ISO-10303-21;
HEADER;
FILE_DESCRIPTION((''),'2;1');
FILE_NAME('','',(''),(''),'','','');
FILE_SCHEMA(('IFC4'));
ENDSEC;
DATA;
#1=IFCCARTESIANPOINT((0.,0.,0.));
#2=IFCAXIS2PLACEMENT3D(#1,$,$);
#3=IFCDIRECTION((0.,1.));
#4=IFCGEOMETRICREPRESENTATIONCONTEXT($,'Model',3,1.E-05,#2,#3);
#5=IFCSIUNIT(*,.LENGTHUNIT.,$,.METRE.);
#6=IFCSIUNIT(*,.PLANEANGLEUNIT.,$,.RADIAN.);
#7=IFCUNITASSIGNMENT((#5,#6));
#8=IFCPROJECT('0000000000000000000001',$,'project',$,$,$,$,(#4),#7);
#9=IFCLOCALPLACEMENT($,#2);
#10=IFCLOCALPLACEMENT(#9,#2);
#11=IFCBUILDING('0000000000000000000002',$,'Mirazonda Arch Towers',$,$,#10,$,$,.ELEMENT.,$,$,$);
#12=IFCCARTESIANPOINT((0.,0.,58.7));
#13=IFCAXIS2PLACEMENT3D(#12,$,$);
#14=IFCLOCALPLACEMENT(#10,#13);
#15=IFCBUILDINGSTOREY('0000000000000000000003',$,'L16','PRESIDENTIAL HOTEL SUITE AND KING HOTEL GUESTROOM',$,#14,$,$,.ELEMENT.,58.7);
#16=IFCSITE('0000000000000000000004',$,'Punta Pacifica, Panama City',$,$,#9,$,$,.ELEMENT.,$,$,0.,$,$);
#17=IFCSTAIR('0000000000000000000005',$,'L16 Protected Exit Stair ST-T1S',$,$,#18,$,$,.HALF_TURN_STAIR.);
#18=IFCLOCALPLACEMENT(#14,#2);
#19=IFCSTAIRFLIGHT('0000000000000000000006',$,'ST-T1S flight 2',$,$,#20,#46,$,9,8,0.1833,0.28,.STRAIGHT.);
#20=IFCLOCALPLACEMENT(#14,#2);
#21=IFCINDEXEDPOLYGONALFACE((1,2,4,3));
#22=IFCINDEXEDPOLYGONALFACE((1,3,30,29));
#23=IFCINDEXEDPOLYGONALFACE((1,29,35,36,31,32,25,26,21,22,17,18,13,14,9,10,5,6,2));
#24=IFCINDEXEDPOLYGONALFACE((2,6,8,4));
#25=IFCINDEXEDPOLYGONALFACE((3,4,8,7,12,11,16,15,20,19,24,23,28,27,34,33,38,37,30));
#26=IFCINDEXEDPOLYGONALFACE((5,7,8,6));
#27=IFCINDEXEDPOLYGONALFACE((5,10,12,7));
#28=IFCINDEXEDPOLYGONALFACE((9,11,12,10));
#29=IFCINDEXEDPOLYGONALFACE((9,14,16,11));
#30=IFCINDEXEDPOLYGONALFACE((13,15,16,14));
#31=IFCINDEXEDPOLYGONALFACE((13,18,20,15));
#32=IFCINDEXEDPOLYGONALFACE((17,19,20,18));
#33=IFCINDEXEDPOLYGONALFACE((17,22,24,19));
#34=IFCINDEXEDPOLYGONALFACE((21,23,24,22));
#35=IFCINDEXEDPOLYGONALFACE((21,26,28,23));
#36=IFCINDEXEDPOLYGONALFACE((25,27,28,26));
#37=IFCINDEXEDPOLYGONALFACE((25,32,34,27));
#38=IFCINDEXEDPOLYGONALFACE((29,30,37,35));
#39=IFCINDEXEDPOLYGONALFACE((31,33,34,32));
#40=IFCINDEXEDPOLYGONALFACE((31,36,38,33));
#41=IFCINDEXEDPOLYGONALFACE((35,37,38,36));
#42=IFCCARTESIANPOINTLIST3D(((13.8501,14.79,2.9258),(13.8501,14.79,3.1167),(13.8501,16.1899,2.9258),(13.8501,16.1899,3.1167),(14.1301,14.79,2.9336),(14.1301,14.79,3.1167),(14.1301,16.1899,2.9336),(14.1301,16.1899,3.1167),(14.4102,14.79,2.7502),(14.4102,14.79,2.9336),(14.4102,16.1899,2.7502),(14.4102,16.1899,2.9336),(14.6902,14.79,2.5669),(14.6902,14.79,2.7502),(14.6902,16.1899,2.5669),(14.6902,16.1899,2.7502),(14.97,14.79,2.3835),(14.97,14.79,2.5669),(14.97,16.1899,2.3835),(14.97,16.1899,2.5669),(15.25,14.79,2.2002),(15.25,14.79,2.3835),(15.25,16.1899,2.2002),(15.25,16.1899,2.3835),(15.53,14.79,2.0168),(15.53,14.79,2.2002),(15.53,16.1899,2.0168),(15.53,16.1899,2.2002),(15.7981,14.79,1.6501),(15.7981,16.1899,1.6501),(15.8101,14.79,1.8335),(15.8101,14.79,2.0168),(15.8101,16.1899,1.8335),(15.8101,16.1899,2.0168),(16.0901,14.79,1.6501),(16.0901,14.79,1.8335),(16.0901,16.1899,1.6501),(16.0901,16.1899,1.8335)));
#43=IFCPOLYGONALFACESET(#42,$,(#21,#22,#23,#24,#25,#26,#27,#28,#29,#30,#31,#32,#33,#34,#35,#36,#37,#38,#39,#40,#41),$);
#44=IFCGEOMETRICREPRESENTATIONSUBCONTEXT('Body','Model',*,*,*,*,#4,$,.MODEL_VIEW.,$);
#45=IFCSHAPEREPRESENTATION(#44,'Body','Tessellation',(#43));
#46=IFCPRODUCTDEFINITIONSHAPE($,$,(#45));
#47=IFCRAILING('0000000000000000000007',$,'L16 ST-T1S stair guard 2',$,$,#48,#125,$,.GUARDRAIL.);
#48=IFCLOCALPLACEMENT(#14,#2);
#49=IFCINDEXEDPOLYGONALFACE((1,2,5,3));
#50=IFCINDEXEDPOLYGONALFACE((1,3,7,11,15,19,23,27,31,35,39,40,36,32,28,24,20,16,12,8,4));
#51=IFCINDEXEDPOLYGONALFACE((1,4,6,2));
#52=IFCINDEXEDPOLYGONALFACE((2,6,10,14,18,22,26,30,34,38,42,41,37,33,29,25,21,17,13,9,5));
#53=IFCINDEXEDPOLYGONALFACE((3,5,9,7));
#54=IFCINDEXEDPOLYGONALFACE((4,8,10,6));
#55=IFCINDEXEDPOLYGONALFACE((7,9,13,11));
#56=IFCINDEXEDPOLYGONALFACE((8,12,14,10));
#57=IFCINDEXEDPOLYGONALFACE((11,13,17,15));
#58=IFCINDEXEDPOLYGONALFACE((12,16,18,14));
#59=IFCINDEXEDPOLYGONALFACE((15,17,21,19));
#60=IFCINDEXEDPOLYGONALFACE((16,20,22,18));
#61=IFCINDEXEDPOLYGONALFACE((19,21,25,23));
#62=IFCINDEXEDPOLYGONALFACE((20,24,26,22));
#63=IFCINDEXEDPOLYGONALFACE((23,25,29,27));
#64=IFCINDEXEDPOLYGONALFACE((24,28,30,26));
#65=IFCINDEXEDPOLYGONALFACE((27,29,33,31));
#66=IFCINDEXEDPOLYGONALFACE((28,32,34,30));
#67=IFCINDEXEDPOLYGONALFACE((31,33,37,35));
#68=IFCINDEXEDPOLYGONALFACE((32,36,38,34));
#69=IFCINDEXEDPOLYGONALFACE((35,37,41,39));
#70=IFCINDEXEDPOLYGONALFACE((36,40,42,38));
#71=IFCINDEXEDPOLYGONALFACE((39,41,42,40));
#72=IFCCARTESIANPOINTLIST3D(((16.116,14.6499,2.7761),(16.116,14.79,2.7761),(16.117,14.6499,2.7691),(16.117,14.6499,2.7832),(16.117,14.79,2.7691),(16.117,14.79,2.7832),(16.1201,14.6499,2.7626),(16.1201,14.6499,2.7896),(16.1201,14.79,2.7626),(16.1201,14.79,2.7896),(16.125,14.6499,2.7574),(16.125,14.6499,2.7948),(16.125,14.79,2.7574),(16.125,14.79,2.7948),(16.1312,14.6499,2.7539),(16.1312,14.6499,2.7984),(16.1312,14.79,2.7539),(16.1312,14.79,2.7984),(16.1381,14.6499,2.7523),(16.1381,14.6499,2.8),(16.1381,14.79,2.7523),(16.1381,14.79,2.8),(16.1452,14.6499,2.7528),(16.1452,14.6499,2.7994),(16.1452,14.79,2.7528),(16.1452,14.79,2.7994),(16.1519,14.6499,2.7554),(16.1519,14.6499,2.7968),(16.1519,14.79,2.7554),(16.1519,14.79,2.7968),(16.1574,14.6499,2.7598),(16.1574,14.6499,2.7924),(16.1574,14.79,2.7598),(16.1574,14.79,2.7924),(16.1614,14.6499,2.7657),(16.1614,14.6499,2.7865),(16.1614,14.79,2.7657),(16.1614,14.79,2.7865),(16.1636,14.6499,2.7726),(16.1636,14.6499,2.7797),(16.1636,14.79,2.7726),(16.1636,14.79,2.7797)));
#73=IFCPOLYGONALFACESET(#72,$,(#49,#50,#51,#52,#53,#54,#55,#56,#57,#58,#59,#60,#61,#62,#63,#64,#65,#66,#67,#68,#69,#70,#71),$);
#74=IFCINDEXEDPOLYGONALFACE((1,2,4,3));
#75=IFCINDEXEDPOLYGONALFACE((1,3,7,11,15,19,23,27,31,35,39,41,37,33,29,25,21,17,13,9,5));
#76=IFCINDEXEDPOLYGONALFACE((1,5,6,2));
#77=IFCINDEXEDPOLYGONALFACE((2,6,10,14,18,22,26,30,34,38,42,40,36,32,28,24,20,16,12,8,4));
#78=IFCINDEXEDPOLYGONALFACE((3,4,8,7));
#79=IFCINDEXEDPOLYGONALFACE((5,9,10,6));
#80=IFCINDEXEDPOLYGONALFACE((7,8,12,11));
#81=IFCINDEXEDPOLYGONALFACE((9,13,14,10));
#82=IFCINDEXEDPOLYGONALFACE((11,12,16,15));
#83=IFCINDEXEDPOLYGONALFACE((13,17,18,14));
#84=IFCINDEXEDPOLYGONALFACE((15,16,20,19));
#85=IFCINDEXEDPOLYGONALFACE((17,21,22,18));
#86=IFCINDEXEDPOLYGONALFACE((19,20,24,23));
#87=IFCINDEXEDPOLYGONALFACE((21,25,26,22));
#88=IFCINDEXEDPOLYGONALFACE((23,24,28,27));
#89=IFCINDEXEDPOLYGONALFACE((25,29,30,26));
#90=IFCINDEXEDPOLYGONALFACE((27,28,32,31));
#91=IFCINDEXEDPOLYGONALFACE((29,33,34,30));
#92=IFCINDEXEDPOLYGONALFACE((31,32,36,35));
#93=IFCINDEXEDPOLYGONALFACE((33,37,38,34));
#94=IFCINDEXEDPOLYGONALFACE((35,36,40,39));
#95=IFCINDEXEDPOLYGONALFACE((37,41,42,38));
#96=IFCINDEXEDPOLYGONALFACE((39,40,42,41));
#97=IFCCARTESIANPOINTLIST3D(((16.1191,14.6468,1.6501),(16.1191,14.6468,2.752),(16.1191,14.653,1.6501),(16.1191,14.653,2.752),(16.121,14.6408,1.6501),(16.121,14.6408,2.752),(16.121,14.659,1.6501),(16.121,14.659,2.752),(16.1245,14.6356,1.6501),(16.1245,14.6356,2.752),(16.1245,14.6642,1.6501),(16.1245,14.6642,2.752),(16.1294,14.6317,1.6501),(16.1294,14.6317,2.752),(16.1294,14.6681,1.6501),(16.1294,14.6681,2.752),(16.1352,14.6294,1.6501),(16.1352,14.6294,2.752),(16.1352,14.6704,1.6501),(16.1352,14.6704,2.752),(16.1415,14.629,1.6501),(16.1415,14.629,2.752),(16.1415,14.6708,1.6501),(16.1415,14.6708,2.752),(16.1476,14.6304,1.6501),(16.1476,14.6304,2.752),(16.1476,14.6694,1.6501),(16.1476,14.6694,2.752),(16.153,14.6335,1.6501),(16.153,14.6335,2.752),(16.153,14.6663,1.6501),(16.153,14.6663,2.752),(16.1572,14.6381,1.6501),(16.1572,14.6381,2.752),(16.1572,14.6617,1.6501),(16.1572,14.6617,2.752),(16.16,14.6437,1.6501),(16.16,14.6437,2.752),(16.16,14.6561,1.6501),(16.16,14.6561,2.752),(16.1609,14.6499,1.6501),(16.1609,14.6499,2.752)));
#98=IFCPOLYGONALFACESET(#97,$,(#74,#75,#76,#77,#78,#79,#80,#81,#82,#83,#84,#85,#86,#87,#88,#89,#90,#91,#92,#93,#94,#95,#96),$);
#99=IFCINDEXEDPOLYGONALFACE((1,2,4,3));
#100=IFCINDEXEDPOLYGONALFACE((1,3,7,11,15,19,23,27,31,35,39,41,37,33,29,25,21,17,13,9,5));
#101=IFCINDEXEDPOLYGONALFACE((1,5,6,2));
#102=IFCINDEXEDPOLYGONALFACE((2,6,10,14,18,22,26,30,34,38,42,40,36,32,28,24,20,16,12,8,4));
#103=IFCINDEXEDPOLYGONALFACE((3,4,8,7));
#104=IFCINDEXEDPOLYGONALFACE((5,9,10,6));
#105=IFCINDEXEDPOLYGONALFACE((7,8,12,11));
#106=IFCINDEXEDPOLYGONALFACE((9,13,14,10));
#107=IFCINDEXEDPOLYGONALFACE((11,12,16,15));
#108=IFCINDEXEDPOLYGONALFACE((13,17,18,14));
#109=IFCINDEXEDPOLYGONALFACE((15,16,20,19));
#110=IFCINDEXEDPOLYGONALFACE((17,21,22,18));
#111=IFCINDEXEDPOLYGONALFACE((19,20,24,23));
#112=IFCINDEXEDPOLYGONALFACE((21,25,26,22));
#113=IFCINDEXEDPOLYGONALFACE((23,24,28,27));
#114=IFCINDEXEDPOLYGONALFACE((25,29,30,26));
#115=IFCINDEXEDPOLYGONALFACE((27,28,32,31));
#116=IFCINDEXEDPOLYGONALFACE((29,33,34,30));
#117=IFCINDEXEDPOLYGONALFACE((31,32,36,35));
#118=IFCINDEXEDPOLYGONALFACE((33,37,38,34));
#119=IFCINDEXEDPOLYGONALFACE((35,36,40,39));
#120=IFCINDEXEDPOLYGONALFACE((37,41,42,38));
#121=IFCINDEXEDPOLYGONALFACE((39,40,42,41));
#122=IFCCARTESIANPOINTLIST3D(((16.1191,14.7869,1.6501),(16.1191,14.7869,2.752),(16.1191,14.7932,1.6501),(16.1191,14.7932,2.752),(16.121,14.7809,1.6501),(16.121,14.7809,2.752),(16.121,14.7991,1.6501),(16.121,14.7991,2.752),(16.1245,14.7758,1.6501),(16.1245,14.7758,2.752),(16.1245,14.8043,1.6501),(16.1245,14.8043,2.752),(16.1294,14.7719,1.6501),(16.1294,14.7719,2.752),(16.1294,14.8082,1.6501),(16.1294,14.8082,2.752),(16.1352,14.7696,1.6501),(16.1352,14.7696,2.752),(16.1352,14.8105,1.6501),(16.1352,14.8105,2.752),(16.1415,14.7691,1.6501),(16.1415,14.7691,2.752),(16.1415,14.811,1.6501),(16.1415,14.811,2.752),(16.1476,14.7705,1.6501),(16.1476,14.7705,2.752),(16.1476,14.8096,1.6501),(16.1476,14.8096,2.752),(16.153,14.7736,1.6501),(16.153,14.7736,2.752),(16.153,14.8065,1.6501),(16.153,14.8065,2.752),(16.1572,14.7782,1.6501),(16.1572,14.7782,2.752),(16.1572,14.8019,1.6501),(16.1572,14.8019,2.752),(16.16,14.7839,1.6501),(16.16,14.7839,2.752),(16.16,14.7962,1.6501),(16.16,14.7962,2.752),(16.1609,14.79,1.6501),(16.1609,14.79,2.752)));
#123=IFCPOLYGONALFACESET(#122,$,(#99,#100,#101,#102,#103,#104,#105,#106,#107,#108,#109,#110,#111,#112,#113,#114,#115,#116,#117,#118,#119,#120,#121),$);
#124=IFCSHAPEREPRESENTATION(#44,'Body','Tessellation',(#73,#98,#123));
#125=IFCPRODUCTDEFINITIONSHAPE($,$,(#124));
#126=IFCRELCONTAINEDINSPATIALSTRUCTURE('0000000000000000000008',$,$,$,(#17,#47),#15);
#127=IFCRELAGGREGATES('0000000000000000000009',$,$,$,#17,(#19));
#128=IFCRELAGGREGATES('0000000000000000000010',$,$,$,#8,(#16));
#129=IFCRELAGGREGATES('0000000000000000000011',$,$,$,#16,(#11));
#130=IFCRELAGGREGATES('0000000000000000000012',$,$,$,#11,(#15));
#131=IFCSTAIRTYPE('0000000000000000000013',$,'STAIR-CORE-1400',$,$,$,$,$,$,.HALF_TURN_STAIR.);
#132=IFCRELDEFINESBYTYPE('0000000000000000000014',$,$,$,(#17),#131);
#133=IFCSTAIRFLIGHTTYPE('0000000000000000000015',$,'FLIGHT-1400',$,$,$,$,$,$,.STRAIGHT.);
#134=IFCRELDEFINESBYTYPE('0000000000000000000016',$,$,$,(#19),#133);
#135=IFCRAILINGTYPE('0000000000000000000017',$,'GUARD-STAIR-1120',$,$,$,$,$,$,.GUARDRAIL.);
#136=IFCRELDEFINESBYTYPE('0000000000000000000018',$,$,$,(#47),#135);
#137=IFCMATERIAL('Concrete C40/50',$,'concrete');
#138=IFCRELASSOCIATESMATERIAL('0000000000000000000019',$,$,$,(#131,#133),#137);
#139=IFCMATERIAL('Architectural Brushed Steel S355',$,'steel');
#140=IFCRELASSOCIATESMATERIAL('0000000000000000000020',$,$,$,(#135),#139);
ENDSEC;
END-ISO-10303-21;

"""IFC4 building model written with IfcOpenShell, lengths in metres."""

from ifc_helpers import new_model, si_unit, direction, frame, origin, origin_2d, place, context, subcontext, project, spatial, polyline, circle, outline, extrude, material, type_object, element, aggregate, save


model = new_model("IFC4")

# Units and contexts
model_context = context("Model", 3, precision=1e-05, world=origin(), true_north=direction((0.0, 1.0)))
body_context = subcontext(model_context, "Body", "Model", "MODEL_VIEW")
ifc_project = project(units=[si_unit("LENGTHUNIT", "METRE"), si_unit("PLANEANGLEUNIT", "RADIAN")], contexts=[model_context])

# Site, building, storey
site_placement = place(None, origin())
site = spatial("IfcSite", under=ifc_project, at=site_placement, Name="Punta Pacifica, Panama City", CompositionType="ELEMENT", RefElevation=0.0)
building_placement = place(site_placement, origin())
building = spatial("IfcBuilding", under=site, at=building_placement, Name="Mirazonda Arch Towers", CompositionType="ELEMENT")
storey_placement = place(building_placement, frame((0.0, 0.0, 58.7)))
storey = spatial("IfcBuildingStorey", under=building, at=storey_placement, Name="L16", Description="PRESIDENTIAL HOTEL SUITE AND KING HOTEL GUESTROOM", CompositionType="ELEMENT", Elevation=58.7)

# Shared definitions
ifc_material_1 = material(Name="Concrete C40/50", Category="concrete")

# Stair, stair flight
stair_type = type_object("IfcStairType", Name="STAIR-CORE-1400", PredefinedType="HALF_TURN_STAIR", material=ifc_material_1)
stair_placement = place(storey_placement, origin())
stair = element("IfcStair", 1, at=stair_placement, inside=storey, type_object=stair_type, Name="L16 Protected Exit Stair ST-T1S", PredefinedType="HALF_TURN_STAIR")
stair_flight_type = type_object("IfcStairFlightType", Name="FLIGHT-1400", PredefinedType="STRAIGHT", material=ifc_material_1)
stair_flight_placement = place(storey_placement, frame((16.0901, 15.49, 1.6501), z_axis=(0.0, 0.0, 1.0), x_axis=(-1.0, 0.0, 0.0)))
stair_flight = element("IfcStairFlight", 2, at=stair_flight_placement, type_object=stair_flight_type, Name="ST-T1S flight 2", NumberOfRisers=9, NumberOfTreads=8, PredefinedType="STRAIGHT", RiserHeight=0.1833, TreadLength=0.28, context=body_context, shape_type="SweptSolid", body=[
    extrude(outline(polyline([(0.0, 0.0), (0.0, 0.1833), (0.28, 0.1833), (0.28, 0.3667), (0.5601, 0.3667), (0.5601, 0.55), (0.8401, 0.55), (0.8401, 0.7334), (1.1201, 0.7334), (1.1201, 0.9167), (1.3999, 0.9167), (1.3999, 1.1001), (1.6799, 1.1001), (1.6799, 1.2834), (1.96, 1.2834), (1.96, 1.4666), (2.24, 1.4666), (2.24, 1.6499), (2.24, 1.2756), (0.292, 0.0), (0.0, 0.0)])), frame((0.0, 0.7, 0.0), z_axis=(0.0, -1.0, 0.0), x_axis=(1.0, 0.0, 0.0)), (0.0, 0.0, 1.0), 1.3999),
])
aggregate(stair, [stair_flight])

# Railing
ifc_material_2 = material(Name="Architectural Brushed Steel S355", Category="steel")
railing_type_1 = type_object("IfcRailingType", Name="GUARD-STAIR-1120", PredefinedType="GUARDRAIL", material=ifc_material_2)
railing_1_placement = place(storey_placement, frame((16.1399, 14.6499, 1.6501)))
element("IfcRailing", 3, at=railing_1_placement, inside=storey, type_object=railing_type_1, Name="L16 ST-T1S stair guard 2", PredefinedType="GUARDRAIL", context=body_context, shape_type="SweptSolid", body=[
    extrude(circle(Radius=0.0239, at=origin_2d()), frame((0.0, 0.0, 1.126), z_axis=(0.0, 1.0, 0.0), x_axis=(-1.0, 0.0, 0.0)), (0.0, 0.0, 1.0), 0.1401),
    extrude(circle(Radius=0.021, at=origin_2d()), origin(), (0.0, 0.0, 1.0), 1.1018),
    extrude(circle(Radius=0.021, at=origin_2d()), frame((0.0, 0.1401, 0.0)), (0.0, 0.0, 1.0), 1.1018),
])

save(model, "model.ifc")
